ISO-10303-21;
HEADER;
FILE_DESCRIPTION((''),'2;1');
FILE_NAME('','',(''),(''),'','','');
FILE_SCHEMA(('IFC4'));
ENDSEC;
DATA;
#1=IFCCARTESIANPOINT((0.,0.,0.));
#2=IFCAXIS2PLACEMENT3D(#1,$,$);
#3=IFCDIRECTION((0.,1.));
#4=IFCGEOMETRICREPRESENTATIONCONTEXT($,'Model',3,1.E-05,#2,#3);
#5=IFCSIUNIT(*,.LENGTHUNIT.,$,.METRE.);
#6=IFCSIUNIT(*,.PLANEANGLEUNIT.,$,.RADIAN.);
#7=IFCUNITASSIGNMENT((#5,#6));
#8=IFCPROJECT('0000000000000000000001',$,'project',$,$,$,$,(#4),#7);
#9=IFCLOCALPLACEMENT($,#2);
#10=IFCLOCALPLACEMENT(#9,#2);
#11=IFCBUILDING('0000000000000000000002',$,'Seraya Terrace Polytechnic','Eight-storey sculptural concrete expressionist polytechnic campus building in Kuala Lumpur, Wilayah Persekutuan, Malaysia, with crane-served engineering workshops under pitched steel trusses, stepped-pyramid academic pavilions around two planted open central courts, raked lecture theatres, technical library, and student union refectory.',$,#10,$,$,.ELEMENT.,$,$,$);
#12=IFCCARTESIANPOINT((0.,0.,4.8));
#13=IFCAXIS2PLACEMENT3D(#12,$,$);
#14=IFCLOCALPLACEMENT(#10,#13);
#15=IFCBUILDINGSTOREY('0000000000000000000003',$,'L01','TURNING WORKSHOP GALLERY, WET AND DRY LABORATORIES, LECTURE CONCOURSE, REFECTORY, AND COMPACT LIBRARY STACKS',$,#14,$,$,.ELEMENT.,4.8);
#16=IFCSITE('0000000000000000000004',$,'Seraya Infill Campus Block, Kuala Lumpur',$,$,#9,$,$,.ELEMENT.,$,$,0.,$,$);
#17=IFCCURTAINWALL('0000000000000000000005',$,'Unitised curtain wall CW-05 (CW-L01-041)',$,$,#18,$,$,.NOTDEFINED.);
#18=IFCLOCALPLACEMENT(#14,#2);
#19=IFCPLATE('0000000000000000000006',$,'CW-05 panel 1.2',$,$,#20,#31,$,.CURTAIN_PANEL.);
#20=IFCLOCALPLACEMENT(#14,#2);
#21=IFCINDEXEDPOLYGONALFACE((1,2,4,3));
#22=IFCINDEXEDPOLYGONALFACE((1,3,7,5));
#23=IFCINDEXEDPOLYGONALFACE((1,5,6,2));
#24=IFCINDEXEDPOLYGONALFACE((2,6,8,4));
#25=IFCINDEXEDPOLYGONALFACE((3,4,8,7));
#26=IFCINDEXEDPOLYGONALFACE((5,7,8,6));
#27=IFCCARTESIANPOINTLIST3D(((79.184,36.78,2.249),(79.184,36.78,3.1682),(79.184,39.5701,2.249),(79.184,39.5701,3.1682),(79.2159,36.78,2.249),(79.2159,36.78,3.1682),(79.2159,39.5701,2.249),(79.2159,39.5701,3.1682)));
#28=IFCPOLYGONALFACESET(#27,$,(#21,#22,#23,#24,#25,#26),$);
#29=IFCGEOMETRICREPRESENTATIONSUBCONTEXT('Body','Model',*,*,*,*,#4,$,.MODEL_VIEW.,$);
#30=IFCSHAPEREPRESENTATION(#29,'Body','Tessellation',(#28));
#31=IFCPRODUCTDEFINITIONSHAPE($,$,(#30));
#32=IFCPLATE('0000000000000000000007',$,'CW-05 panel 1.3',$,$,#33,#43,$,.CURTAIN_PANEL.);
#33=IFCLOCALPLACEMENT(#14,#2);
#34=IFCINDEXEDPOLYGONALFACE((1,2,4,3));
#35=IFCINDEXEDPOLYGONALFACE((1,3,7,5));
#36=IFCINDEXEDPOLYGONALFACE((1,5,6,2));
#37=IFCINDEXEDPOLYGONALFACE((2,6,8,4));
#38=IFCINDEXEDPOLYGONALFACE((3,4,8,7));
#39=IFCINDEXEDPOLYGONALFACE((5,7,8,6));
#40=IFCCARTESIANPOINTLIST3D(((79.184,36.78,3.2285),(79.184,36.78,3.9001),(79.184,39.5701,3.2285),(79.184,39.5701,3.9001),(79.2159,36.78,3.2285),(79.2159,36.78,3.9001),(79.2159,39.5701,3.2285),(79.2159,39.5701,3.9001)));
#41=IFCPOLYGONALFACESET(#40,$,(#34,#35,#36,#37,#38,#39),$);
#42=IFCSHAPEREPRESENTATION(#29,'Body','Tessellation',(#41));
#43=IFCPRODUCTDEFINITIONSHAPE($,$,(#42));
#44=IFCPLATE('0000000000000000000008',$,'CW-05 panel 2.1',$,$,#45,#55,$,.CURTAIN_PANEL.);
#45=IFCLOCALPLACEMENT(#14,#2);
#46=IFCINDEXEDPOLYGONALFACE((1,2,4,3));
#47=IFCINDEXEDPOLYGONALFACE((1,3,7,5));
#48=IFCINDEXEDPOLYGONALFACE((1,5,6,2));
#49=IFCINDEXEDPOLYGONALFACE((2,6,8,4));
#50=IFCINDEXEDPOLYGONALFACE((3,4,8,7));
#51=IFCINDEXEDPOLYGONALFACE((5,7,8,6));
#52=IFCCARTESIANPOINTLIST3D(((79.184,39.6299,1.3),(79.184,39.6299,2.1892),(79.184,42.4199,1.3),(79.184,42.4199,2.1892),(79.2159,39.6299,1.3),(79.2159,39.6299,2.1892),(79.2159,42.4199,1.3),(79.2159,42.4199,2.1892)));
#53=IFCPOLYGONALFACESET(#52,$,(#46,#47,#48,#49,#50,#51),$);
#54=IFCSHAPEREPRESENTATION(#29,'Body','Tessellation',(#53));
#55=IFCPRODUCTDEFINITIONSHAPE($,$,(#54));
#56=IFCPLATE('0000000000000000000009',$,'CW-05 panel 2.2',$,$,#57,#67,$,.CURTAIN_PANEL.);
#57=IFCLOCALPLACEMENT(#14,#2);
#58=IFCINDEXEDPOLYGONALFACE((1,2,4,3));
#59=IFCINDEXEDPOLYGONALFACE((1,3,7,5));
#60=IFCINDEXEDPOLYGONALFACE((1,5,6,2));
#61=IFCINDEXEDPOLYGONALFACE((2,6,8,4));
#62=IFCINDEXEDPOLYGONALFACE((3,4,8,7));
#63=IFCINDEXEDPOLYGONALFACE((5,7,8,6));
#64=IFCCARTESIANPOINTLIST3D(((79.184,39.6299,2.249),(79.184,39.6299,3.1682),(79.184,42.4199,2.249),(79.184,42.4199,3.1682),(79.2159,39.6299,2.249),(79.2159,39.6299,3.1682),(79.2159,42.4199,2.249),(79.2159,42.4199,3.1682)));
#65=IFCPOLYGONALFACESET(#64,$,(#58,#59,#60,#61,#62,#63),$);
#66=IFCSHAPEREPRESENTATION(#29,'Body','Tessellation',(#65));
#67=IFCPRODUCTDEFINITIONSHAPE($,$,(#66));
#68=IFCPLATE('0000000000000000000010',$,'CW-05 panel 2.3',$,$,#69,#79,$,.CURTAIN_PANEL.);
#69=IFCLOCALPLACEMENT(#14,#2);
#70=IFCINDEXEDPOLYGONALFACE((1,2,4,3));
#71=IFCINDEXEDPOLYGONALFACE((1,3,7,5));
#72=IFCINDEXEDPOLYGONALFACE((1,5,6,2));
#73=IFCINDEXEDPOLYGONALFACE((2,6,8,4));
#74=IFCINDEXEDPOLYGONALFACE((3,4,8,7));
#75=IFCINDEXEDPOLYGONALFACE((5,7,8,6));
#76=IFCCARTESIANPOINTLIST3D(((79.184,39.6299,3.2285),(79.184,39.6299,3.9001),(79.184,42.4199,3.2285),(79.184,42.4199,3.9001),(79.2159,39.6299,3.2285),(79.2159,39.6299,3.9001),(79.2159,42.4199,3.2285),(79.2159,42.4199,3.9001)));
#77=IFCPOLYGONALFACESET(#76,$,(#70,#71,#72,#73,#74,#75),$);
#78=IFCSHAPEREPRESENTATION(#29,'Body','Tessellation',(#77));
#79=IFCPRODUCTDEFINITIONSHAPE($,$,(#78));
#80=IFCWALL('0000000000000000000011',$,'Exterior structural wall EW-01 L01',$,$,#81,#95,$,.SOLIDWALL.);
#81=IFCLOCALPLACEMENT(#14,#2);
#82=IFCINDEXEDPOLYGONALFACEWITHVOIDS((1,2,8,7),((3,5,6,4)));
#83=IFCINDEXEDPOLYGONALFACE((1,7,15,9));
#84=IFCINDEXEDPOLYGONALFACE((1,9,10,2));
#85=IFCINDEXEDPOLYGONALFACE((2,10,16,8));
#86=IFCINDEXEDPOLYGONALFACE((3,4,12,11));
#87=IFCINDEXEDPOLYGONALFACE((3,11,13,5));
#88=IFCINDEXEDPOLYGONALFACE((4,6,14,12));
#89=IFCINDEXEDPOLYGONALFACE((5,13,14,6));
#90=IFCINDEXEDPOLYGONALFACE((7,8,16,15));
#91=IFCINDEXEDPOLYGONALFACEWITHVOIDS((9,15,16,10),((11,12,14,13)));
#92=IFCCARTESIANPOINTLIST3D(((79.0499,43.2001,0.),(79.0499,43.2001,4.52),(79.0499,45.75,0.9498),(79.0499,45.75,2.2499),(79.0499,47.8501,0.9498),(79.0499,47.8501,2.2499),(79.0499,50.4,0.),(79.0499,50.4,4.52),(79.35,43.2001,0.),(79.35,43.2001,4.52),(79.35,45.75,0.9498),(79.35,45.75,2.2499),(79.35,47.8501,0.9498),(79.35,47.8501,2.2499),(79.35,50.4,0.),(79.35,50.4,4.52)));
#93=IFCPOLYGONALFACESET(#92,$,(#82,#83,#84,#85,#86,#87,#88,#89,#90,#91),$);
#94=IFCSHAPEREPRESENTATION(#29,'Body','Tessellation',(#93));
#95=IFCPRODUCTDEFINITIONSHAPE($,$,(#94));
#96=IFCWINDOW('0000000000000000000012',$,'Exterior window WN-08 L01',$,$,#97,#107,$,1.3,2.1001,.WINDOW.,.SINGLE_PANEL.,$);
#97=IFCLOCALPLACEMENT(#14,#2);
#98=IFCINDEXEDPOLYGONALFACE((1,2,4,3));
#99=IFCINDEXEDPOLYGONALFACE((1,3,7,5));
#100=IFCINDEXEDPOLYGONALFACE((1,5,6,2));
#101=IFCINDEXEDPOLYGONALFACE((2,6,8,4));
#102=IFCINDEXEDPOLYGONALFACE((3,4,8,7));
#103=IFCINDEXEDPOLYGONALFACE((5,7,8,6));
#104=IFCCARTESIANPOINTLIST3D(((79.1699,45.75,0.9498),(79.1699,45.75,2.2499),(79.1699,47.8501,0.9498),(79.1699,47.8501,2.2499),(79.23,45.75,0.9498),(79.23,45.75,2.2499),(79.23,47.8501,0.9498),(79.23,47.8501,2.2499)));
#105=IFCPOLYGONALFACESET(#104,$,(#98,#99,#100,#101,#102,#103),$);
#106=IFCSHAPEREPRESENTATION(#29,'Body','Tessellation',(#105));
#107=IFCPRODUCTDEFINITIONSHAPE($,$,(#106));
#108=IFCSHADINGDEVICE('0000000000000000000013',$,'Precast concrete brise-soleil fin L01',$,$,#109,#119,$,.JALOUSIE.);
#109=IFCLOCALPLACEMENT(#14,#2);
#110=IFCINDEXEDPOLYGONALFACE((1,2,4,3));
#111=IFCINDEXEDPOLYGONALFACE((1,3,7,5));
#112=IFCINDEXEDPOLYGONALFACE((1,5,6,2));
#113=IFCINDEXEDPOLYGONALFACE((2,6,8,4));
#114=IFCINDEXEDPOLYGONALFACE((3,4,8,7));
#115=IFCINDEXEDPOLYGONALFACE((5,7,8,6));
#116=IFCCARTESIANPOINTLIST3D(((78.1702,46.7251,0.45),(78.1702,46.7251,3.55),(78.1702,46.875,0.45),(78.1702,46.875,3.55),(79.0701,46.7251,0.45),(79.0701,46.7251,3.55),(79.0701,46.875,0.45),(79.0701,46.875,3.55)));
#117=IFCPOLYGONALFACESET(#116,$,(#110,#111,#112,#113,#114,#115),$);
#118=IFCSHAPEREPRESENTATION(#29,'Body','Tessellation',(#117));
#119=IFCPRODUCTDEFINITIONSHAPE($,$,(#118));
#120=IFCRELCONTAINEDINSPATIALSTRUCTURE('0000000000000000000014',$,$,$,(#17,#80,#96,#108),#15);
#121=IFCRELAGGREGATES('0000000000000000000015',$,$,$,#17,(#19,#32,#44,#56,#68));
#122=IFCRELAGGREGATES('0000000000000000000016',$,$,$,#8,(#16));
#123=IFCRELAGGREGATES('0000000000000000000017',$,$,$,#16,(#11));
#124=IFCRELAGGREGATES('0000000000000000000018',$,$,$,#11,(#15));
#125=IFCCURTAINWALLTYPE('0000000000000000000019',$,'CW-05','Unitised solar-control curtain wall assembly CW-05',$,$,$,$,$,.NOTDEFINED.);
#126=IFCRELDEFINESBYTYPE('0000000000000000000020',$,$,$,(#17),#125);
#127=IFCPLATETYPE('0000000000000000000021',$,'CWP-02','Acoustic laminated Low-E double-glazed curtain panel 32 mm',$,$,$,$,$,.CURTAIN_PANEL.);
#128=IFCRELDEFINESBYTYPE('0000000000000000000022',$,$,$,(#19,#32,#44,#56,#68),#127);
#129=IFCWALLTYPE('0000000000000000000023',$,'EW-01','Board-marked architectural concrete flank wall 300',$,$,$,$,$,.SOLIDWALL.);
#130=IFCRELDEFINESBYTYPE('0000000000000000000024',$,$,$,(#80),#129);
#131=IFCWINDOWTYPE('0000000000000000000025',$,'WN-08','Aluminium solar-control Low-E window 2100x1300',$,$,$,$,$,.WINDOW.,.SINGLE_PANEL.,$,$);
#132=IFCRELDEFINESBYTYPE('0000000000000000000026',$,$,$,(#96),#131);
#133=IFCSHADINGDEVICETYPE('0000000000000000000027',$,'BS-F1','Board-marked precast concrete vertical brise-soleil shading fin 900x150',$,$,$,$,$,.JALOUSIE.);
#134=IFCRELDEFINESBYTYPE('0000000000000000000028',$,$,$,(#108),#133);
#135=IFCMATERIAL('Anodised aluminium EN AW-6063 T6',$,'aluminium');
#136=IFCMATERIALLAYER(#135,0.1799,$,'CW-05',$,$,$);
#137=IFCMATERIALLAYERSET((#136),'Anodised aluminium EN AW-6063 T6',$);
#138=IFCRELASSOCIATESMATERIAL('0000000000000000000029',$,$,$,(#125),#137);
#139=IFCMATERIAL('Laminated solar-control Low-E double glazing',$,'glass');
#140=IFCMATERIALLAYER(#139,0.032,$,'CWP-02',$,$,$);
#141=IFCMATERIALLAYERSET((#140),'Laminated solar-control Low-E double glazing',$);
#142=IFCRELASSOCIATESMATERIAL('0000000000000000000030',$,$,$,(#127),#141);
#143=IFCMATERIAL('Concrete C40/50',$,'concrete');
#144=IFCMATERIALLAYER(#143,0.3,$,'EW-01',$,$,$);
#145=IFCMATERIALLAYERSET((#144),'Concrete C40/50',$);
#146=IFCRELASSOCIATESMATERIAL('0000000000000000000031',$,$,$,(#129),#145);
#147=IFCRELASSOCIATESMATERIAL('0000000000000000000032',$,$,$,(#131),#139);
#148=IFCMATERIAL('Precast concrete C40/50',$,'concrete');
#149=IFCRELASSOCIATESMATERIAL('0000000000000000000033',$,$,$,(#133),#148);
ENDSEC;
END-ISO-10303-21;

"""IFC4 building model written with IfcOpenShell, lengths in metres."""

from ifc_helpers import new_model, si_unit, direction, frame, frame_2d, origin, origin_2d, place, context, subcontext, project, spatial, rectangle, extrude, material, layer, layer_set, type_object, element, fill, aggregate, save


model = new_model("IFC4")

# Units and contexts
model_context = context("Model", 3, precision=1e-05, world=origin(), true_north=direction((0.0, 1.0)))
body_context = subcontext(model_context, "Body", "Model", "MODEL_VIEW")
ifc_project = project(units=[si_unit("LENGTHUNIT", "METRE"), si_unit("PLANEANGLEUNIT", "RADIAN")], contexts=[model_context])

# Site, building, storey
site_placement = place(None, origin())
site = spatial("IfcSite", under=ifc_project, at=site_placement, Name="Seraya Infill Campus Block, Kuala Lumpur", CompositionType="ELEMENT", RefElevation=0.0)
building_placement = place(site_placement, origin())
building = spatial("IfcBuilding", under=site, at=building_placement, Name="Seraya Terrace Polytechnic", Description="Eight-storey sculptural concrete expressionist polytechnic campus building in Kuala Lumpur, Wilayah Persekutuan, Malaysia, with crane-served engineering workshops under pitched steel trusses, stepped-pyramid academic pavilions around two planted open central courts, raked lecture theatres, technical library, and student union refectory.", CompositionType="ELEMENT")
storey_placement = place(building_placement, frame((0.0, 0.0, 4.8)))
storey = spatial("IfcBuildingStorey", under=building, at=storey_placement, Name="L01", Description="TURNING WORKSHOP GALLERY, WET AND DRY LABORATORIES, LECTURE CONCOURSE, REFECTORY, AND COMPACT LIBRARY STACKS", CompositionType="ELEMENT", Elevation=4.8)

# Shared definitions
ifc_material_1 = material(Name="Concrete C40/50", Category="concrete")

# Curtain wall, plates
ifc_material_2 = material(Name="Anodised aluminium EN AW-6063 T6", Category="aluminium")
ifc_layer_1 = layer(ifc_material_2, 0.1799, Name="CW-05")
ifc_layer_set_1 = layer_set([ifc_layer_1], Name="Anodised aluminium EN AW-6063 T6")
curtain_wall_type = type_object("IfcCurtainWallType", Name="CW-05", Description="Unitised solar-control curtain wall assembly CW-05", PredefinedType="NOTDEFINED", material=ifc_layer_set_1)
curtain_wall_placement = place(storey_placement, origin())
curtain_wall = element("IfcCurtainWall", 1, at=curtain_wall_placement, inside=storey, type_object=curtain_wall_type, Name="Unitised curtain wall CW-05 (CW-L01-041)", PredefinedType="NOTDEFINED")
ifc_material_3 = material(Name="Laminated solar-control Low-E double glazing", Category="glass")
ifc_layer_2 = layer(ifc_material_3, 0.032, Name="CWP-02")
ifc_layer_set_2 = layer_set([ifc_layer_2], Name="Laminated solar-control Low-E double glazing")
plate_type = type_object("IfcPlateType", Name="CWP-02", Description="Acoustic laminated Low-E double-glazed curtain panel 32 mm", PredefinedType="CURTAIN_PANEL", material=ifc_layer_set_2)
plate_1_placement = place(storey_placement, frame((79.2, 38.175, 2.249), z_axis=(0.0, 0.0, 1.0), x_axis=(0.0, 1.0, 0.0)))
plate_1 = element("IfcPlate", 2, at=plate_1_placement, type_object=plate_type, Name="CW-05 panel 1.2", PredefinedType="CURTAIN_PANEL", context=body_context, shape_type="SweptSolid", body=[
    extrude(rectangle(XDim=2.79, YDim=0.032, at=origin_2d()), origin(), (0.0, 0.0, 1.0), 0.9192),
])
plate_2_placement = place(storey_placement, frame((79.2, 38.175, 3.2285), z_axis=(0.0, 0.0, 1.0), x_axis=(0.0, 1.0, 0.0)))
plate_2 = element("IfcPlate", 3, at=plate_2_placement, type_object=plate_type, Name="CW-05 panel 1.3", PredefinedType="CURTAIN_PANEL", context=body_context, shape_type="SweptSolid", body=[
    extrude(rectangle(XDim=2.79, YDim=0.032, at=origin_2d()), origin(), (0.0, 0.0, 1.0), 0.6716),
])
plate_3_placement = place(storey_placement, frame((79.2, 41.0249, 1.3), z_axis=(0.0, 0.0, 1.0), x_axis=(0.0, 1.0, 0.0)))
plate_3 = element("IfcPlate", 4, at=plate_3_placement, type_object=plate_type, Name="CW-05 panel 2.1", PredefinedType="CURTAIN_PANEL", context=body_context, shape_type="SweptSolid", body=[
    extrude(rectangle(XDim=2.79, YDim=0.032, at=origin_2d()), origin(), (0.0, 0.0, 1.0), 0.8892),
])
plate_4_placement = place(storey_placement, frame((79.2, 41.0249, 2.249), z_axis=(0.0, 0.0, 1.0), x_axis=(0.0, 1.0, 0.0)))
plate_4 = element("IfcPlate", 5, at=plate_4_placement, type_object=plate_type, Name="CW-05 panel 2.2", PredefinedType="CURTAIN_PANEL", context=body_context, shape_type="SweptSolid", body=[
    extrude(rectangle(XDim=2.79, YDim=0.032, at=origin_2d()), origin(), (0.0, 0.0, 1.0), 0.9192),
])
plate_5_placement = place(storey_placement, frame((79.2, 41.0249, 3.2285), z_axis=(0.0, 0.0, 1.0), x_axis=(0.0, 1.0, 0.0)))
plate_5 = element("IfcPlate", 6, at=plate_5_placement, type_object=plate_type, Name="CW-05 panel 2.3", PredefinedType="CURTAIN_PANEL", context=body_context, shape_type="SweptSolid", body=[
    extrude(rectangle(XDim=2.79, YDim=0.032, at=origin_2d()), origin(), (0.0, 0.0, 1.0), 0.6716),
])
aggregate(curtain_wall, [plate_1, plate_2, plate_3, plate_4, plate_5])

# Wall, opening, window
ifc_layer_3 = layer(ifc_material_1, 0.3, Name="EW-01")
ifc_layer_set_3 = layer_set([ifc_layer_3], Name="Concrete C40/50")
wall_type = type_object("IfcWallType", Name="EW-01", Description="Board-marked architectural concrete flank wall 300", PredefinedType="SOLIDWALL", material=ifc_layer_set_3)
wall_placement = place(storey_placement, frame((79.2, 43.2, 0.0), z_axis=(0.0, 0.0, 1.0), x_axis=(0.0, 1.0, 0.0)))
wall = element("IfcWall", 7, at=wall_placement, inside=storey, type_object=wall_type, Name="Exterior structural wall EW-01 L01", PredefinedType="SOLIDWALL", context=body_context, shape_type="SweptSolid", body=[
    extrude(rectangle(XDim=7.2, YDim=0.3, at=frame_2d((3.6001, 0.0))), origin(), (0.0, 0.0, 1.0), 4.52),
])
opening_placement = place(wall_placement, frame((2.55, 0.0, 0.95)))
opening = element("IfcOpeningElement", 8, at=opening_placement, cuts=wall, PredefinedType="OPENING", context=body_context, shape_type="SweptSolid", body=[
    extrude(rectangle(XDim=2.1001, YDim=1.3, at=frame_2d((1.05, 0.6499))), frame((0.0, 0.1621, 0.0), z_axis=(0.0, -1.0, 0.0), x_axis=(1.0, 0.0, 0.0)), (0.0, 0.0, 1.0), 0.324),
])
window_type = type_object("IfcWindowType", Name="WN-08", Description="Aluminium solar-control Low-E window 2100x1300", PartitioningType="SINGLE_PANEL", PredefinedType="WINDOW", material=ifc_material_3)
window_placement = place(opening_placement, origin())
window = element("IfcWindow", 9, at=window_placement, inside=storey, type_object=window_type, Name="Exterior window WN-08 L01", OverallHeight=1.3, OverallWidth=2.1001, PartitioningType="SINGLE_PANEL", PredefinedType="WINDOW", context=body_context, shape_type="SweptSolid", body=[
    extrude(rectangle(XDim=2.1001, YDim=1.3, at=frame_2d((1.05, 0.6499))), frame((0.0, 0.03, 0.0), z_axis=(0.0, -1.0, 0.0), x_axis=(1.0, 0.0, 0.0)), (0.0, 0.0, 1.0), 0.0601),
])
fill(opening, window)

# Shading device
ifc_material_4 = material(Name="Precast concrete C40/50", Category="concrete")
shading_device_type = type_object("IfcShadingDeviceType", Name="BS-F1", Description="Board-marked precast concrete vertical brise-soleil shading fin 900x150", PredefinedType="JALOUSIE", material=ifc_material_4)
shading_device_placement = place(storey_placement, frame((78.6201, 46.8, 0.45), z_axis=(0.0, 0.0, 1.0), x_axis=(-1.0, 0.0, 0.0)))
element("IfcShadingDevice", 10, at=shading_device_placement, inside=storey, type_object=shading_device_type, Name="Precast concrete brise-soleil fin L01", PredefinedType="JALOUSIE", context=body_context, shape_type="SweptSolid", body=[
    extrude(rectangle(XDim=0.8999, YDim=0.1499, at=origin_2d()), origin(), (0.0, 0.0, 1.0), 3.1001),
])

save(model, "model.ifc")
